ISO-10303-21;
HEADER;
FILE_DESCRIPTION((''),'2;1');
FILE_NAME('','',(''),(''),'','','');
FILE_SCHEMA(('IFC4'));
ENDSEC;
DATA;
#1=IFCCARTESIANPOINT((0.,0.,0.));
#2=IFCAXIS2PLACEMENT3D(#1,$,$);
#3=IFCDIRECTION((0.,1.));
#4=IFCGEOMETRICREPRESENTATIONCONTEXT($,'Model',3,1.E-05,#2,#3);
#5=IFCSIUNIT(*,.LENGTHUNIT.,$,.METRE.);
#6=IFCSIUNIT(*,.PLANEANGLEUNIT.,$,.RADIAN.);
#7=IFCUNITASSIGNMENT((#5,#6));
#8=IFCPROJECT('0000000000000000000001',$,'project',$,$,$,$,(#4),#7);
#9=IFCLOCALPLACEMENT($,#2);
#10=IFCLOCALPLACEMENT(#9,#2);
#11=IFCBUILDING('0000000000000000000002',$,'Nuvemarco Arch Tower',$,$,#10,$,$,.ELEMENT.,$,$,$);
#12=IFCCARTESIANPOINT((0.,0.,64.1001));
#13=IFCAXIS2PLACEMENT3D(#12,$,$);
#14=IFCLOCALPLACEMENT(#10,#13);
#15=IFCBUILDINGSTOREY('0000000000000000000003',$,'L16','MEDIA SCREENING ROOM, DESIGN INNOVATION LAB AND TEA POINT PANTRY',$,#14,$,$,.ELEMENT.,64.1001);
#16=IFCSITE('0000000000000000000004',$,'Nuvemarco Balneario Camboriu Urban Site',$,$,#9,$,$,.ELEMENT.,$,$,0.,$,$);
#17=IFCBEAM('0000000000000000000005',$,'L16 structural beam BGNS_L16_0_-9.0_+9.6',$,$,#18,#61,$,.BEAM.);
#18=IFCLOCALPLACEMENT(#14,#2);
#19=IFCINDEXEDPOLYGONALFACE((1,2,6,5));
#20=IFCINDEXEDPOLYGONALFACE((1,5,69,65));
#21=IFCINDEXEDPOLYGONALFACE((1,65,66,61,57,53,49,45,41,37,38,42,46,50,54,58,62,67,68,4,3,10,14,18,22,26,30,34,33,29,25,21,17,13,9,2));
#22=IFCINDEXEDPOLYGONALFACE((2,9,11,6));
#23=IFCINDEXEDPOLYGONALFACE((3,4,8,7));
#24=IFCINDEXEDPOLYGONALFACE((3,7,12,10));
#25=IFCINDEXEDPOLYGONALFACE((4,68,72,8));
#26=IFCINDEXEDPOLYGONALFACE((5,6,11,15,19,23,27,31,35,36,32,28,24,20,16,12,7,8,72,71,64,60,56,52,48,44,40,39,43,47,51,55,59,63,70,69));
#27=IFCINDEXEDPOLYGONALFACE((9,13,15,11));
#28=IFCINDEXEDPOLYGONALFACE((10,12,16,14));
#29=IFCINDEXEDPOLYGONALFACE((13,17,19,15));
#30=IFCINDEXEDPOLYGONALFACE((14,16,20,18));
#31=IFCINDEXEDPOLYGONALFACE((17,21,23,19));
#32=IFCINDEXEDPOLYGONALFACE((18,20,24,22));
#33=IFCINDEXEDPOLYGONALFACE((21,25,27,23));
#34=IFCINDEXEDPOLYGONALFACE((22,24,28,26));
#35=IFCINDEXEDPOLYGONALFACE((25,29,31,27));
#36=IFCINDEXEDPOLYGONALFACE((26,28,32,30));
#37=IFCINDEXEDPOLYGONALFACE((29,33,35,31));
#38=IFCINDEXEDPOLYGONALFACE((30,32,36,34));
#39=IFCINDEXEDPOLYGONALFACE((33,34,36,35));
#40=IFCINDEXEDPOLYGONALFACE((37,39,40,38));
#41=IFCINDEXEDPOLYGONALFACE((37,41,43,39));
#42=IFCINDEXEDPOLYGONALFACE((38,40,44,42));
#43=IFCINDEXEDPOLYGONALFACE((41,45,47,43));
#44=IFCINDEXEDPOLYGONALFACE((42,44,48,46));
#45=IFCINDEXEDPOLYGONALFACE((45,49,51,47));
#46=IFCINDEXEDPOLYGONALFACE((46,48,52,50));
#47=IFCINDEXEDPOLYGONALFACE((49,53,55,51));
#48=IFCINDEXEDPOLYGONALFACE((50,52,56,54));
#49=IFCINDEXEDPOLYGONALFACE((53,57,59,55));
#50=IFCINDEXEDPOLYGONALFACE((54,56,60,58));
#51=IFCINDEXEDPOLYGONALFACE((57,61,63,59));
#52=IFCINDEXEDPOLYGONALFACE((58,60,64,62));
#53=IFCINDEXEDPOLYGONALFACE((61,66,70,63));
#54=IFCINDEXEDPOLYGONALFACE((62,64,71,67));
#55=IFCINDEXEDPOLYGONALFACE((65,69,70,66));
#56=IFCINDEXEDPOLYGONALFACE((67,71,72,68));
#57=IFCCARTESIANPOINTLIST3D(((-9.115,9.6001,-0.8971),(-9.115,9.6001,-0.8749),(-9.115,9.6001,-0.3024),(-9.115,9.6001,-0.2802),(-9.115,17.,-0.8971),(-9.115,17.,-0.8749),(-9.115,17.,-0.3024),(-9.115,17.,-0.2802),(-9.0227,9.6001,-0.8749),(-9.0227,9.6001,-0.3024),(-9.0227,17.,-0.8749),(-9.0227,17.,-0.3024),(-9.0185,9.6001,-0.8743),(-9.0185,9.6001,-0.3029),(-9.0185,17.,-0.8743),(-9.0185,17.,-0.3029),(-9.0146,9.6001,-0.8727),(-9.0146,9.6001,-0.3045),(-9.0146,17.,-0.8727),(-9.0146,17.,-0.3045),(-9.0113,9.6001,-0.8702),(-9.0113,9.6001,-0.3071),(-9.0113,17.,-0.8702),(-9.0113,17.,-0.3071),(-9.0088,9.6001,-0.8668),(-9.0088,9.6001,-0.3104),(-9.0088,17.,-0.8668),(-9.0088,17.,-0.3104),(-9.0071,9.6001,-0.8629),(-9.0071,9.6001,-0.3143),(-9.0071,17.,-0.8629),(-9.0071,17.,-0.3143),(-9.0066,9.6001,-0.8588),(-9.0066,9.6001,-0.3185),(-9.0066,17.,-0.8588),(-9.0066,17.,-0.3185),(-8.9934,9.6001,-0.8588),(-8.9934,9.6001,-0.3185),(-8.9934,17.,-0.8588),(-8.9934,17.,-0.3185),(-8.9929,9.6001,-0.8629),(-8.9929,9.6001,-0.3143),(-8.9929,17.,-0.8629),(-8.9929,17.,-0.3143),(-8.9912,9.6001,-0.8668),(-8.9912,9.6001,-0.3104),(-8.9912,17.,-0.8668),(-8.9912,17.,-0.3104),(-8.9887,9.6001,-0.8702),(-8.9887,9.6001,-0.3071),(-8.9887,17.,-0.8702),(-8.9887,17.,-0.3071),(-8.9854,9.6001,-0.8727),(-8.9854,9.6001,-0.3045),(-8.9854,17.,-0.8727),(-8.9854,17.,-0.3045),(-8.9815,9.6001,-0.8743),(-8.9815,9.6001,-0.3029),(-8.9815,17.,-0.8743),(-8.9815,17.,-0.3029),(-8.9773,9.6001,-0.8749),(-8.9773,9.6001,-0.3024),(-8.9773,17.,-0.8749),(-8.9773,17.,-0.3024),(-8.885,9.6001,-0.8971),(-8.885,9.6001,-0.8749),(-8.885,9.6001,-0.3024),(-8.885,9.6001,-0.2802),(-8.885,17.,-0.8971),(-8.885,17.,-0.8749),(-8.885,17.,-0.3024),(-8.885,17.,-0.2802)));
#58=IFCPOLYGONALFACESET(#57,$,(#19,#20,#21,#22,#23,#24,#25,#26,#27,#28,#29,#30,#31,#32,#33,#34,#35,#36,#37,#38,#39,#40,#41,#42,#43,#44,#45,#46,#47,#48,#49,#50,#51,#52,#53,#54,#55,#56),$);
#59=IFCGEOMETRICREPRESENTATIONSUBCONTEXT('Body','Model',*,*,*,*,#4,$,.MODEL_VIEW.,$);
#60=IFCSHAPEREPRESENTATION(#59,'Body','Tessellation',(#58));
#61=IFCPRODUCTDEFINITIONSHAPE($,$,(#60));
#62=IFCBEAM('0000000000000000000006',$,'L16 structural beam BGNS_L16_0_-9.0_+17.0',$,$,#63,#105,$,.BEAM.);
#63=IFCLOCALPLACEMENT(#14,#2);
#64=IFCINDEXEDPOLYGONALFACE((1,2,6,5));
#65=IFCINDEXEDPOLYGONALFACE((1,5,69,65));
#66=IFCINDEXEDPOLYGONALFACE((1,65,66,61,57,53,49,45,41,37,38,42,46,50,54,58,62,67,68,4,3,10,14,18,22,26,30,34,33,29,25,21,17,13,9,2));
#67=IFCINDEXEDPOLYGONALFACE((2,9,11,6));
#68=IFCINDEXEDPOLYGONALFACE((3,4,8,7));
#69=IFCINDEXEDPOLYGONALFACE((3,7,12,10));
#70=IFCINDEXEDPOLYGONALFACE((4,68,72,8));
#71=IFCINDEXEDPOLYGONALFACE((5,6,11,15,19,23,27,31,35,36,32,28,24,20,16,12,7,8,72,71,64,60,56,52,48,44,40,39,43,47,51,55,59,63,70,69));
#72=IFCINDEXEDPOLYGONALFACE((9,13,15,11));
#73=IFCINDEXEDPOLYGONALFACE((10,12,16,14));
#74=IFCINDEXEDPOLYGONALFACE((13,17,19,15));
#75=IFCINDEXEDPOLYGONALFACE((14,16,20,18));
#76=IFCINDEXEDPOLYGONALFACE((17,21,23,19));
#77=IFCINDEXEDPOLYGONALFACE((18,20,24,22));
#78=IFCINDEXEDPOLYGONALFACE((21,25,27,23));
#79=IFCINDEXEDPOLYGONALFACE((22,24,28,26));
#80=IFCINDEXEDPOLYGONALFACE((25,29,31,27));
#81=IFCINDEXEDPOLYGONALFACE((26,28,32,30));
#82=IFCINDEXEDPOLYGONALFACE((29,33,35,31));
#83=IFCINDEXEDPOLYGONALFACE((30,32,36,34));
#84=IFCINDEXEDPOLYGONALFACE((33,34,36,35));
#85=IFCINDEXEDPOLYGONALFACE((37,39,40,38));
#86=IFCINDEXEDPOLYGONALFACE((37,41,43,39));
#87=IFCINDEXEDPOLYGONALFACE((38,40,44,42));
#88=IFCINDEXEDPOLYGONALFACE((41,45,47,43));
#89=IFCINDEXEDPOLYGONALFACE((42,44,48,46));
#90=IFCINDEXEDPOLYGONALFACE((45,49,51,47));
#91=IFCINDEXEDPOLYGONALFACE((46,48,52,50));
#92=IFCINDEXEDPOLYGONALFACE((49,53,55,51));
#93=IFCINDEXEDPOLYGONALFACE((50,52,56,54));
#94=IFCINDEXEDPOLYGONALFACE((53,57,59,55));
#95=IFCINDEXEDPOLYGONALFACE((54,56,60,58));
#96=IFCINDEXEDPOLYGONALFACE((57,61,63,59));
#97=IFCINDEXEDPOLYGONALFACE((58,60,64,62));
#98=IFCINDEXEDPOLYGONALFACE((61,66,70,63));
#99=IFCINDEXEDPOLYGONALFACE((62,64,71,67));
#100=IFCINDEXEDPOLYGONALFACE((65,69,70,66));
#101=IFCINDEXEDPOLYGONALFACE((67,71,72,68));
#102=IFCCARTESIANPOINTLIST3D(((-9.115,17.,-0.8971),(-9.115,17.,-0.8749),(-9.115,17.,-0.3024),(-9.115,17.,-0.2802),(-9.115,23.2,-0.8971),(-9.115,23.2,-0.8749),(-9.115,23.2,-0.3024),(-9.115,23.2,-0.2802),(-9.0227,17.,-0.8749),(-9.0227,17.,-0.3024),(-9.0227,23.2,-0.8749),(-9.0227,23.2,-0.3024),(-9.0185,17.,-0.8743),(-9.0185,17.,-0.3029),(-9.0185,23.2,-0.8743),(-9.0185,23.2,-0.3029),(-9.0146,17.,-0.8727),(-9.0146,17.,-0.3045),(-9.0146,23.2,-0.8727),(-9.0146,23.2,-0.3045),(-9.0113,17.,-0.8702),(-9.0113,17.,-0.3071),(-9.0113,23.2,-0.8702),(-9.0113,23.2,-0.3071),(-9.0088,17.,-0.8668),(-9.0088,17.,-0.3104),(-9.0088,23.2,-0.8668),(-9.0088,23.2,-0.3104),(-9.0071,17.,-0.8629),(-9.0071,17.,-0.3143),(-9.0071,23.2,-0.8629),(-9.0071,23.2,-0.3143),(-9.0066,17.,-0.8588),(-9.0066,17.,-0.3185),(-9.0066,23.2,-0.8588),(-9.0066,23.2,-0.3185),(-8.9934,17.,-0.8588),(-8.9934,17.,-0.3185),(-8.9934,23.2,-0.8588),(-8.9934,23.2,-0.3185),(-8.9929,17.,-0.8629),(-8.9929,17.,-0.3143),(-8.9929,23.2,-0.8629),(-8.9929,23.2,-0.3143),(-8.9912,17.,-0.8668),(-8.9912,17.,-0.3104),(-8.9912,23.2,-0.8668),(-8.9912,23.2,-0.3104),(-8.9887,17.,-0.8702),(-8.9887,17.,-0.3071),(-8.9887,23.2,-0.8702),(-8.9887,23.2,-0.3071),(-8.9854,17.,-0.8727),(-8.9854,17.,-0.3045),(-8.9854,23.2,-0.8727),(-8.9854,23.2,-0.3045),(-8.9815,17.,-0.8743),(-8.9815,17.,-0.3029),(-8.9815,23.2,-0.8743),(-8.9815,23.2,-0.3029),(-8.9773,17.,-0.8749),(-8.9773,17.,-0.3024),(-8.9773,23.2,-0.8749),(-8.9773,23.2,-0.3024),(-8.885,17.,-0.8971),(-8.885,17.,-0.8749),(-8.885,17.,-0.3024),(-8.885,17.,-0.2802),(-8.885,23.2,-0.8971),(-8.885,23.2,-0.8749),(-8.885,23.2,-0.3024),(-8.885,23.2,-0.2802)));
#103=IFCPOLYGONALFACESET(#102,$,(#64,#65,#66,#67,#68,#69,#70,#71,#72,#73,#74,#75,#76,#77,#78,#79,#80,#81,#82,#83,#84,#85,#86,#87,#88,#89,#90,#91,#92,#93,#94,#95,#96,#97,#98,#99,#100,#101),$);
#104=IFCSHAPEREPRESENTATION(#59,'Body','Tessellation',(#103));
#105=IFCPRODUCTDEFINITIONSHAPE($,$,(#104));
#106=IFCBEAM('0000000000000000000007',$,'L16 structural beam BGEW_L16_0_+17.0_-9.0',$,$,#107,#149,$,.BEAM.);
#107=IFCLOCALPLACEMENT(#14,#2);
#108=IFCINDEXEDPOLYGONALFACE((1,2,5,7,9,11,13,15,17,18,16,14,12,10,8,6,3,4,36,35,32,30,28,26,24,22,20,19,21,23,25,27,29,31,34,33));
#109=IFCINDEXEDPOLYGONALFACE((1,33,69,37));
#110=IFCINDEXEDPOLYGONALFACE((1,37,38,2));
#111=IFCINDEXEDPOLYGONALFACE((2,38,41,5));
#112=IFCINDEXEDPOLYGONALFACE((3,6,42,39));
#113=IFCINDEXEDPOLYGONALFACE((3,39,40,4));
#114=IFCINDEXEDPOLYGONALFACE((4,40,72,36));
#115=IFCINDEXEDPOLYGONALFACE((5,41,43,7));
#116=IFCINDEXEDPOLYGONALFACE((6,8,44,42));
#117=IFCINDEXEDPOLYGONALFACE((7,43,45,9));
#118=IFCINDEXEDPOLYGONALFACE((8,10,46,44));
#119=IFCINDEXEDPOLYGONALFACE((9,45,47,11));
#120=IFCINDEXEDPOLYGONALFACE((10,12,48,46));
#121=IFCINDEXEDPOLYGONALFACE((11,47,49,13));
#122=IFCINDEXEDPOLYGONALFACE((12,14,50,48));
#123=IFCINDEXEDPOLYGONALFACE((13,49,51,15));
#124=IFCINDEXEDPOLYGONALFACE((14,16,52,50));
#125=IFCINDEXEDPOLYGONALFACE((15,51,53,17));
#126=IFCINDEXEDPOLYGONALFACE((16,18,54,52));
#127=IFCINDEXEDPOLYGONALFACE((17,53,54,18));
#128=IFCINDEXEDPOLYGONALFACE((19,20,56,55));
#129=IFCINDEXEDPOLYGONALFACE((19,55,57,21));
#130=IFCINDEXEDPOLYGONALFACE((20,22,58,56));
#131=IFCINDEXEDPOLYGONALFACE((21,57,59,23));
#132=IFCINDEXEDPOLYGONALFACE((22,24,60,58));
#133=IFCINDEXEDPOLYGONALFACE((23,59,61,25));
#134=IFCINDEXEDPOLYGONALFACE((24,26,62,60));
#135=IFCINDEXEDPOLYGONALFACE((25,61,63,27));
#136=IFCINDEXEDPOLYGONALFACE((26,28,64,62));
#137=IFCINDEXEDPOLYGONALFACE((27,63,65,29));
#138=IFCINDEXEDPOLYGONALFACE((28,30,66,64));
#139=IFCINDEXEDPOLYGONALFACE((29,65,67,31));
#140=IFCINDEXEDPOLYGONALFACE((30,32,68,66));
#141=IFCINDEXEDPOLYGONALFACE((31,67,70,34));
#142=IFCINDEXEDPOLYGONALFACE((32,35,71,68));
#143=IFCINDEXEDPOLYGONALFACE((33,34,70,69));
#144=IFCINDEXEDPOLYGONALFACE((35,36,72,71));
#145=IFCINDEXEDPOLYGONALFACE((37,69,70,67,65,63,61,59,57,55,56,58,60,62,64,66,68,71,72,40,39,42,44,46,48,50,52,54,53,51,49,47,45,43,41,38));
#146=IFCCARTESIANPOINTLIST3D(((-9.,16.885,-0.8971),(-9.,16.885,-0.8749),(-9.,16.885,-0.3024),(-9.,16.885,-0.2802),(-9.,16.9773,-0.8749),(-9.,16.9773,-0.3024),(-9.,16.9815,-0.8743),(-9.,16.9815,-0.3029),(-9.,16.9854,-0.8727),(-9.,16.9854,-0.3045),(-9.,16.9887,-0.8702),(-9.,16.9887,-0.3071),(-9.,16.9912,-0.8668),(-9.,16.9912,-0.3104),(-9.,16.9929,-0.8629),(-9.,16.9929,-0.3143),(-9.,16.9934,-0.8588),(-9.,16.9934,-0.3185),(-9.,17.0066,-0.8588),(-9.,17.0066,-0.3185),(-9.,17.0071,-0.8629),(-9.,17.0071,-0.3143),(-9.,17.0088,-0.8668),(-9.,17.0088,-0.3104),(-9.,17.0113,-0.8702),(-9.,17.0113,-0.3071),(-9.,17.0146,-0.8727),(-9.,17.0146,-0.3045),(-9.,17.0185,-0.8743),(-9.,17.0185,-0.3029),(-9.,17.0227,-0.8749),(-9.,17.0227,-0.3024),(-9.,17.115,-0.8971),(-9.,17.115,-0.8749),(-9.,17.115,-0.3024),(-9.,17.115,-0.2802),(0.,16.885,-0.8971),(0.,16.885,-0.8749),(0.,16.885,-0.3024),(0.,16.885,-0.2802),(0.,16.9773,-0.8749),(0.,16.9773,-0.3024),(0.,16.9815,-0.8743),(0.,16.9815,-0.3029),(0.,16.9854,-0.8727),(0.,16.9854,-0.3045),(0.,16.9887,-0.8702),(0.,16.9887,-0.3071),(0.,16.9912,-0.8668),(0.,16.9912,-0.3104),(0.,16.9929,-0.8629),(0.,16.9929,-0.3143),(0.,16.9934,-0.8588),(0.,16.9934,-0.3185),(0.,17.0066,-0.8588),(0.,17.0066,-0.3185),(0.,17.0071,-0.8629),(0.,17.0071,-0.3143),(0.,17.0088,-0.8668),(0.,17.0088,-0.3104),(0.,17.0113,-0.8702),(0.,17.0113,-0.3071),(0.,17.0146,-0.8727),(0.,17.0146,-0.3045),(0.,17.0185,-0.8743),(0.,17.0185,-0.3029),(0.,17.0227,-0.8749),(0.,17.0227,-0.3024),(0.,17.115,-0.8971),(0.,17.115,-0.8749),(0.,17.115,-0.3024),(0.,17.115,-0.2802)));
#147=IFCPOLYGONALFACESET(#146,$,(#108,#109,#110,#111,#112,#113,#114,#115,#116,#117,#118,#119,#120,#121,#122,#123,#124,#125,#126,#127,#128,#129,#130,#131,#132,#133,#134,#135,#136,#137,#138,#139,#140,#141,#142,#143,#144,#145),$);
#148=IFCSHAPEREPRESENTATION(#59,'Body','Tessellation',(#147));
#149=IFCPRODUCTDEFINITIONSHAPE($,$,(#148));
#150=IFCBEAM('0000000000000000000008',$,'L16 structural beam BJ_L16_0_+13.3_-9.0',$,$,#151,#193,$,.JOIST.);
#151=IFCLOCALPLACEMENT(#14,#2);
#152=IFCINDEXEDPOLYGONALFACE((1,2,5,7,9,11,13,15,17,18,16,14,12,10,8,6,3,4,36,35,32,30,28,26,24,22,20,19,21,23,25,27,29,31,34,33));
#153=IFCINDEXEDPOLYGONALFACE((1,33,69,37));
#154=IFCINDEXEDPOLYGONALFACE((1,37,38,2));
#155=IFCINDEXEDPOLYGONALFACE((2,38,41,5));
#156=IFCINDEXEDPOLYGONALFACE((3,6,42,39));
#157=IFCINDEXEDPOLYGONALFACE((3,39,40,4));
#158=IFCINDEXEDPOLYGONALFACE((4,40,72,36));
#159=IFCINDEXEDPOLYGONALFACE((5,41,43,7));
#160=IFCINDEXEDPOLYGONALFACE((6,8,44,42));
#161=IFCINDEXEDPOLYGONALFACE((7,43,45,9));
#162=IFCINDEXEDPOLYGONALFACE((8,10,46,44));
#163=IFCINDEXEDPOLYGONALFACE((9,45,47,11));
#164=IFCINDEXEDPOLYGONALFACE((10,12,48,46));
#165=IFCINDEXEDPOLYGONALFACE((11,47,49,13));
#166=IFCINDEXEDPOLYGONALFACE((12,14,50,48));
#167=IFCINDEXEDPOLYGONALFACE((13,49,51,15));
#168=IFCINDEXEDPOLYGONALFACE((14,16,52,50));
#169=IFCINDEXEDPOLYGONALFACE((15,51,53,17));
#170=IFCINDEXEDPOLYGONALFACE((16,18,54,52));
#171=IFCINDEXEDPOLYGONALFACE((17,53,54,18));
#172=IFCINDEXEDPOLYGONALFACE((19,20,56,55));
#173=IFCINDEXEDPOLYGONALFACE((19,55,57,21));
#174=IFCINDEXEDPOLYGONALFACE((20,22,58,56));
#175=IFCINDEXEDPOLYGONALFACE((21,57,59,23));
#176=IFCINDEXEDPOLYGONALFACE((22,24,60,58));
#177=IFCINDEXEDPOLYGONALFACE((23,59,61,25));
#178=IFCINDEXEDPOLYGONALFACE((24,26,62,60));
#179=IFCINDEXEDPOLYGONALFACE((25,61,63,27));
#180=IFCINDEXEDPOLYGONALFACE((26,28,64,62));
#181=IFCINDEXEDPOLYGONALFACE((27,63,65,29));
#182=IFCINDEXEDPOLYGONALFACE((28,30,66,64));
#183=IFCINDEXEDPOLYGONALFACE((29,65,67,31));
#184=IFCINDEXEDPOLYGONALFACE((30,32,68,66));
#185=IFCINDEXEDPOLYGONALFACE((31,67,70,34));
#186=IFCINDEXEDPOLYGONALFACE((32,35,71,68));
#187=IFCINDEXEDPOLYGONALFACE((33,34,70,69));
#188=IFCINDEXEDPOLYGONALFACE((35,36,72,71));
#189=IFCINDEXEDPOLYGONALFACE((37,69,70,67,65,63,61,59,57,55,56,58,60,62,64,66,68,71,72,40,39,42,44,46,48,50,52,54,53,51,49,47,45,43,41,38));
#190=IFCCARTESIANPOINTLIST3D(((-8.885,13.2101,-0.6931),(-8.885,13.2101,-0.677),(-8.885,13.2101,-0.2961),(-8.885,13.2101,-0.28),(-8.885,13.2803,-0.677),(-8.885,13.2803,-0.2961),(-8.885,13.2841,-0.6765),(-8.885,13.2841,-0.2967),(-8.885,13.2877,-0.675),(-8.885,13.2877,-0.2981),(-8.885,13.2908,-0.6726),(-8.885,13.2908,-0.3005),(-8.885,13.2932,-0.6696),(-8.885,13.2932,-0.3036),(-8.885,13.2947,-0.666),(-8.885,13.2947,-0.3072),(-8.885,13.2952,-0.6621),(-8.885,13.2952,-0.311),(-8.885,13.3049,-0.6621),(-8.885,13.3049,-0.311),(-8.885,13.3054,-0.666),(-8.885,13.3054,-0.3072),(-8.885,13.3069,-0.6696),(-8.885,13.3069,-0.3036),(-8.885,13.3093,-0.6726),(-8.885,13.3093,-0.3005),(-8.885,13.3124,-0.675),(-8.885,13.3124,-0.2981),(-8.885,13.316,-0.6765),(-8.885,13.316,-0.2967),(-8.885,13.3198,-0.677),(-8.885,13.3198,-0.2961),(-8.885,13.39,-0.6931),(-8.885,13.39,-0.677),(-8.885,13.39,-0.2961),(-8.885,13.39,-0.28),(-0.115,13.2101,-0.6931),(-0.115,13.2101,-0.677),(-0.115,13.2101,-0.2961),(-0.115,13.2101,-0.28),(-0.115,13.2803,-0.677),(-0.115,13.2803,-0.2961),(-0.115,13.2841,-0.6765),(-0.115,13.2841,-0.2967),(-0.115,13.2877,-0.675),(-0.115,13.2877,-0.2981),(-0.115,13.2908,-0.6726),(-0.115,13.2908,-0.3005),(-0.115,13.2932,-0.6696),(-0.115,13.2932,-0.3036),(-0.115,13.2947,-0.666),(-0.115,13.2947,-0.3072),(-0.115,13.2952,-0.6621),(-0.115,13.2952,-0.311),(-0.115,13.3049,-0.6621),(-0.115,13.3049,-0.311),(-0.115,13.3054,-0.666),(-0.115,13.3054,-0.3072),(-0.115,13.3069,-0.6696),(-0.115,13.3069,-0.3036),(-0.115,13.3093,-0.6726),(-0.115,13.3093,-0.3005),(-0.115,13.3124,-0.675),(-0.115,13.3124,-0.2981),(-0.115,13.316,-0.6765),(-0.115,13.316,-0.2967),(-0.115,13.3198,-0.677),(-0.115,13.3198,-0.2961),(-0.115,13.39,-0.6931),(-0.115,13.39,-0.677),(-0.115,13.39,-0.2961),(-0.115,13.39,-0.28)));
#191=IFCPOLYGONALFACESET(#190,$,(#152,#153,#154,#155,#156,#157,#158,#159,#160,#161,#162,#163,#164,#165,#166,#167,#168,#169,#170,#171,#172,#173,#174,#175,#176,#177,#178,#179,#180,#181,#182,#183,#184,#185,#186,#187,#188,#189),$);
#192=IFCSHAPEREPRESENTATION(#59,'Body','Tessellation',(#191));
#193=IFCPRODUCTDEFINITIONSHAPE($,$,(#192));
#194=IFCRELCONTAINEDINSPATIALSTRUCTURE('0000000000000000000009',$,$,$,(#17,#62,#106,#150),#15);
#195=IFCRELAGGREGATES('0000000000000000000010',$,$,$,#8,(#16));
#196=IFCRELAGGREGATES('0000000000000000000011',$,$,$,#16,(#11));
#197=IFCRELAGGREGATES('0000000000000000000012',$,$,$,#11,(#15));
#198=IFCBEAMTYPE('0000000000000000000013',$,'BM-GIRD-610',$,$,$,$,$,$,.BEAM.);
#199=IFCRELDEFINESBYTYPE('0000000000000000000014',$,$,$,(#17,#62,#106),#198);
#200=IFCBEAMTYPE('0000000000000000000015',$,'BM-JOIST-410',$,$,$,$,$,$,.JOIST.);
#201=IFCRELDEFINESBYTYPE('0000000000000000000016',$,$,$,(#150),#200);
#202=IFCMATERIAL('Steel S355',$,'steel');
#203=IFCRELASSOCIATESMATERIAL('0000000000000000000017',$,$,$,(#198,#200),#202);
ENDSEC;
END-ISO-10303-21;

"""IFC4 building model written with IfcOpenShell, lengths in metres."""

from ifc_helpers import new_model, si_unit, direction, frame, origin, origin_2d, place, context, subcontext, project, spatial, i_section, extrude, material, material_profile, profile_set, type_object, element, save


model = new_model("IFC4")

# Units and contexts
model_context = context("Model", 3, precision=1e-05, world=origin(), true_north=direction((0.0, 1.0)))
body_context = subcontext(model_context, "Body", "Model", "MODEL_VIEW")
ifc_project = project(units=[si_unit("LENGTHUNIT", "METRE"), si_unit("PLANEANGLEUNIT", "RADIAN")], contexts=[model_context])

# Site, building, storey
site_placement = place(None, origin())
site = spatial("IfcSite", under=ifc_project, at=site_placement, Name="Nuvemarco Balneario Camboriu Urban Site", CompositionType="ELEMENT", RefElevation=0.0)
building_placement = place(site_placement, origin())
building = spatial("IfcBuilding", under=site, at=building_placement, Name="Nuvemarco Arch Tower", CompositionType="ELEMENT")
storey_placement = place(building_placement, frame((0.0, 0.0, 64.1001)))
storey = spatial("IfcBuildingStorey", under=building, at=storey_placement, Name="L16", Description="MEDIA SCREENING ROOM, DESIGN INNOVATION LAB AND TEA POINT PANTRY", CompositionType="ELEMENT", Elevation=64.1001)

# Shared definitions
ifc_material_1 = material(Name="Steel S355", Category="steel")

# Beams
ifc_material_profile_1 = material_profile(ifc_material_1, i_section(OverallWidth=0.23, OverallDepth=0.6169, WebThickness=0.0132, FlangeThickness=0.0222, FilletRadius=0.0161, at=origin_2d()), Name="W610x140")
ifc_profile_set_1 = profile_set([ifc_material_profile_1], Name="Steel S355")
beam_type_1 = type_object("IfcBeamType", Name="BM-GIRD-610", PredefinedType="BEAM", material=ifc_profile_set_1)
beam_1_placement = place(storey_placement, frame((-9.0, 9.6001, -0.5886), z_axis=(0.0, 1.0, 0.0), x_axis=(-1.0, 0.0, 0.0)))
element("IfcBeam", 1, at=beam_1_placement, inside=storey, type_object=beam_type_1, Name="L16 structural beam BGNS_L16_0_-9.0_+9.6", PredefinedType="BEAM", context=body_context, shape_type="SweptSolid", body=[
    extrude(i_section(OverallWidth=0.23, OverallDepth=0.6169, WebThickness=0.0132, FlangeThickness=0.0222, FilletRadius=0.0161, at=origin_2d()), origin(), (0.0, 0.0, 1.0), 7.3999),
])
beam_2_placement = place(storey_placement, frame((-9.0, 17.0, -0.5886), z_axis=(0.0, 1.0, 0.0), x_axis=(-1.0, 0.0, 0.0)))
element("IfcBeam", 2, at=beam_2_placement, inside=storey, type_object=beam_type_1, Name="L16 structural beam BGNS_L16_0_-9.0_+17.0", PredefinedType="BEAM", context=body_context, shape_type="SweptSolid", body=[
    extrude(i_section(OverallWidth=0.23, OverallDepth=0.6169, WebThickness=0.0132, FlangeThickness=0.0222, FilletRadius=0.0161, at=origin_2d()), origin(), (0.0, 0.0, 1.0), 6.2),
])
beam_3_placement = place(storey_placement, frame((-9.0, 17.0, -0.5886), z_axis=(1.0, 0.0, 0.0), x_axis=(0.0, 1.0, 0.0)))
element("IfcBeam", 3, at=beam_3_placement, inside=storey, type_object=beam_type_1, Name="L16 structural beam BGEW_L16_0_+17.0_-9.0", PredefinedType="BEAM", context=body_context, shape_type="SweptSolid", body=[
    extrude(i_section(OverallWidth=0.23, OverallDepth=0.6169, WebThickness=0.0132, FlangeThickness=0.0222, FilletRadius=0.0161, at=origin_2d()), origin(), (0.0, 0.0, 1.0), 9.0),
])
ifc_material_profile_2 = material_profile(ifc_material_1, i_section(OverallWidth=0.1799, OverallDepth=0.4131, WebThickness=0.0098, FlangeThickness=0.0161, FilletRadius=0.0149, at=origin_2d()), Name="W410x75")
ifc_profile_set_2 = profile_set([ifc_material_profile_2], Name="Steel S355")
beam_type_2 = type_object("IfcBeamType", Name="BM-JOIST-410", PredefinedType="JOIST", material=ifc_profile_set_2)
beam_4_placement = place(storey_placement, frame((-8.885, 13.3, -0.4866), z_axis=(1.0, 0.0, 0.0), x_axis=(0.0, 1.0, 0.0)))
element("IfcBeam", 4, at=beam_4_placement, inside=storey, type_object=beam_type_2, Name="L16 structural beam BJ_L16_0_+13.3_-9.0", PredefinedType="JOIST", context=body_context, shape_type="SweptSolid", body=[
    extrude(i_section(OverallWidth=0.1799, OverallDepth=0.4131, WebThickness=0.0098, FlangeThickness=0.0161, FilletRadius=0.0149, at=origin_2d()), origin(), (0.0, 0.0, 1.0), 8.77),
])

save(model, "model.ifc")
